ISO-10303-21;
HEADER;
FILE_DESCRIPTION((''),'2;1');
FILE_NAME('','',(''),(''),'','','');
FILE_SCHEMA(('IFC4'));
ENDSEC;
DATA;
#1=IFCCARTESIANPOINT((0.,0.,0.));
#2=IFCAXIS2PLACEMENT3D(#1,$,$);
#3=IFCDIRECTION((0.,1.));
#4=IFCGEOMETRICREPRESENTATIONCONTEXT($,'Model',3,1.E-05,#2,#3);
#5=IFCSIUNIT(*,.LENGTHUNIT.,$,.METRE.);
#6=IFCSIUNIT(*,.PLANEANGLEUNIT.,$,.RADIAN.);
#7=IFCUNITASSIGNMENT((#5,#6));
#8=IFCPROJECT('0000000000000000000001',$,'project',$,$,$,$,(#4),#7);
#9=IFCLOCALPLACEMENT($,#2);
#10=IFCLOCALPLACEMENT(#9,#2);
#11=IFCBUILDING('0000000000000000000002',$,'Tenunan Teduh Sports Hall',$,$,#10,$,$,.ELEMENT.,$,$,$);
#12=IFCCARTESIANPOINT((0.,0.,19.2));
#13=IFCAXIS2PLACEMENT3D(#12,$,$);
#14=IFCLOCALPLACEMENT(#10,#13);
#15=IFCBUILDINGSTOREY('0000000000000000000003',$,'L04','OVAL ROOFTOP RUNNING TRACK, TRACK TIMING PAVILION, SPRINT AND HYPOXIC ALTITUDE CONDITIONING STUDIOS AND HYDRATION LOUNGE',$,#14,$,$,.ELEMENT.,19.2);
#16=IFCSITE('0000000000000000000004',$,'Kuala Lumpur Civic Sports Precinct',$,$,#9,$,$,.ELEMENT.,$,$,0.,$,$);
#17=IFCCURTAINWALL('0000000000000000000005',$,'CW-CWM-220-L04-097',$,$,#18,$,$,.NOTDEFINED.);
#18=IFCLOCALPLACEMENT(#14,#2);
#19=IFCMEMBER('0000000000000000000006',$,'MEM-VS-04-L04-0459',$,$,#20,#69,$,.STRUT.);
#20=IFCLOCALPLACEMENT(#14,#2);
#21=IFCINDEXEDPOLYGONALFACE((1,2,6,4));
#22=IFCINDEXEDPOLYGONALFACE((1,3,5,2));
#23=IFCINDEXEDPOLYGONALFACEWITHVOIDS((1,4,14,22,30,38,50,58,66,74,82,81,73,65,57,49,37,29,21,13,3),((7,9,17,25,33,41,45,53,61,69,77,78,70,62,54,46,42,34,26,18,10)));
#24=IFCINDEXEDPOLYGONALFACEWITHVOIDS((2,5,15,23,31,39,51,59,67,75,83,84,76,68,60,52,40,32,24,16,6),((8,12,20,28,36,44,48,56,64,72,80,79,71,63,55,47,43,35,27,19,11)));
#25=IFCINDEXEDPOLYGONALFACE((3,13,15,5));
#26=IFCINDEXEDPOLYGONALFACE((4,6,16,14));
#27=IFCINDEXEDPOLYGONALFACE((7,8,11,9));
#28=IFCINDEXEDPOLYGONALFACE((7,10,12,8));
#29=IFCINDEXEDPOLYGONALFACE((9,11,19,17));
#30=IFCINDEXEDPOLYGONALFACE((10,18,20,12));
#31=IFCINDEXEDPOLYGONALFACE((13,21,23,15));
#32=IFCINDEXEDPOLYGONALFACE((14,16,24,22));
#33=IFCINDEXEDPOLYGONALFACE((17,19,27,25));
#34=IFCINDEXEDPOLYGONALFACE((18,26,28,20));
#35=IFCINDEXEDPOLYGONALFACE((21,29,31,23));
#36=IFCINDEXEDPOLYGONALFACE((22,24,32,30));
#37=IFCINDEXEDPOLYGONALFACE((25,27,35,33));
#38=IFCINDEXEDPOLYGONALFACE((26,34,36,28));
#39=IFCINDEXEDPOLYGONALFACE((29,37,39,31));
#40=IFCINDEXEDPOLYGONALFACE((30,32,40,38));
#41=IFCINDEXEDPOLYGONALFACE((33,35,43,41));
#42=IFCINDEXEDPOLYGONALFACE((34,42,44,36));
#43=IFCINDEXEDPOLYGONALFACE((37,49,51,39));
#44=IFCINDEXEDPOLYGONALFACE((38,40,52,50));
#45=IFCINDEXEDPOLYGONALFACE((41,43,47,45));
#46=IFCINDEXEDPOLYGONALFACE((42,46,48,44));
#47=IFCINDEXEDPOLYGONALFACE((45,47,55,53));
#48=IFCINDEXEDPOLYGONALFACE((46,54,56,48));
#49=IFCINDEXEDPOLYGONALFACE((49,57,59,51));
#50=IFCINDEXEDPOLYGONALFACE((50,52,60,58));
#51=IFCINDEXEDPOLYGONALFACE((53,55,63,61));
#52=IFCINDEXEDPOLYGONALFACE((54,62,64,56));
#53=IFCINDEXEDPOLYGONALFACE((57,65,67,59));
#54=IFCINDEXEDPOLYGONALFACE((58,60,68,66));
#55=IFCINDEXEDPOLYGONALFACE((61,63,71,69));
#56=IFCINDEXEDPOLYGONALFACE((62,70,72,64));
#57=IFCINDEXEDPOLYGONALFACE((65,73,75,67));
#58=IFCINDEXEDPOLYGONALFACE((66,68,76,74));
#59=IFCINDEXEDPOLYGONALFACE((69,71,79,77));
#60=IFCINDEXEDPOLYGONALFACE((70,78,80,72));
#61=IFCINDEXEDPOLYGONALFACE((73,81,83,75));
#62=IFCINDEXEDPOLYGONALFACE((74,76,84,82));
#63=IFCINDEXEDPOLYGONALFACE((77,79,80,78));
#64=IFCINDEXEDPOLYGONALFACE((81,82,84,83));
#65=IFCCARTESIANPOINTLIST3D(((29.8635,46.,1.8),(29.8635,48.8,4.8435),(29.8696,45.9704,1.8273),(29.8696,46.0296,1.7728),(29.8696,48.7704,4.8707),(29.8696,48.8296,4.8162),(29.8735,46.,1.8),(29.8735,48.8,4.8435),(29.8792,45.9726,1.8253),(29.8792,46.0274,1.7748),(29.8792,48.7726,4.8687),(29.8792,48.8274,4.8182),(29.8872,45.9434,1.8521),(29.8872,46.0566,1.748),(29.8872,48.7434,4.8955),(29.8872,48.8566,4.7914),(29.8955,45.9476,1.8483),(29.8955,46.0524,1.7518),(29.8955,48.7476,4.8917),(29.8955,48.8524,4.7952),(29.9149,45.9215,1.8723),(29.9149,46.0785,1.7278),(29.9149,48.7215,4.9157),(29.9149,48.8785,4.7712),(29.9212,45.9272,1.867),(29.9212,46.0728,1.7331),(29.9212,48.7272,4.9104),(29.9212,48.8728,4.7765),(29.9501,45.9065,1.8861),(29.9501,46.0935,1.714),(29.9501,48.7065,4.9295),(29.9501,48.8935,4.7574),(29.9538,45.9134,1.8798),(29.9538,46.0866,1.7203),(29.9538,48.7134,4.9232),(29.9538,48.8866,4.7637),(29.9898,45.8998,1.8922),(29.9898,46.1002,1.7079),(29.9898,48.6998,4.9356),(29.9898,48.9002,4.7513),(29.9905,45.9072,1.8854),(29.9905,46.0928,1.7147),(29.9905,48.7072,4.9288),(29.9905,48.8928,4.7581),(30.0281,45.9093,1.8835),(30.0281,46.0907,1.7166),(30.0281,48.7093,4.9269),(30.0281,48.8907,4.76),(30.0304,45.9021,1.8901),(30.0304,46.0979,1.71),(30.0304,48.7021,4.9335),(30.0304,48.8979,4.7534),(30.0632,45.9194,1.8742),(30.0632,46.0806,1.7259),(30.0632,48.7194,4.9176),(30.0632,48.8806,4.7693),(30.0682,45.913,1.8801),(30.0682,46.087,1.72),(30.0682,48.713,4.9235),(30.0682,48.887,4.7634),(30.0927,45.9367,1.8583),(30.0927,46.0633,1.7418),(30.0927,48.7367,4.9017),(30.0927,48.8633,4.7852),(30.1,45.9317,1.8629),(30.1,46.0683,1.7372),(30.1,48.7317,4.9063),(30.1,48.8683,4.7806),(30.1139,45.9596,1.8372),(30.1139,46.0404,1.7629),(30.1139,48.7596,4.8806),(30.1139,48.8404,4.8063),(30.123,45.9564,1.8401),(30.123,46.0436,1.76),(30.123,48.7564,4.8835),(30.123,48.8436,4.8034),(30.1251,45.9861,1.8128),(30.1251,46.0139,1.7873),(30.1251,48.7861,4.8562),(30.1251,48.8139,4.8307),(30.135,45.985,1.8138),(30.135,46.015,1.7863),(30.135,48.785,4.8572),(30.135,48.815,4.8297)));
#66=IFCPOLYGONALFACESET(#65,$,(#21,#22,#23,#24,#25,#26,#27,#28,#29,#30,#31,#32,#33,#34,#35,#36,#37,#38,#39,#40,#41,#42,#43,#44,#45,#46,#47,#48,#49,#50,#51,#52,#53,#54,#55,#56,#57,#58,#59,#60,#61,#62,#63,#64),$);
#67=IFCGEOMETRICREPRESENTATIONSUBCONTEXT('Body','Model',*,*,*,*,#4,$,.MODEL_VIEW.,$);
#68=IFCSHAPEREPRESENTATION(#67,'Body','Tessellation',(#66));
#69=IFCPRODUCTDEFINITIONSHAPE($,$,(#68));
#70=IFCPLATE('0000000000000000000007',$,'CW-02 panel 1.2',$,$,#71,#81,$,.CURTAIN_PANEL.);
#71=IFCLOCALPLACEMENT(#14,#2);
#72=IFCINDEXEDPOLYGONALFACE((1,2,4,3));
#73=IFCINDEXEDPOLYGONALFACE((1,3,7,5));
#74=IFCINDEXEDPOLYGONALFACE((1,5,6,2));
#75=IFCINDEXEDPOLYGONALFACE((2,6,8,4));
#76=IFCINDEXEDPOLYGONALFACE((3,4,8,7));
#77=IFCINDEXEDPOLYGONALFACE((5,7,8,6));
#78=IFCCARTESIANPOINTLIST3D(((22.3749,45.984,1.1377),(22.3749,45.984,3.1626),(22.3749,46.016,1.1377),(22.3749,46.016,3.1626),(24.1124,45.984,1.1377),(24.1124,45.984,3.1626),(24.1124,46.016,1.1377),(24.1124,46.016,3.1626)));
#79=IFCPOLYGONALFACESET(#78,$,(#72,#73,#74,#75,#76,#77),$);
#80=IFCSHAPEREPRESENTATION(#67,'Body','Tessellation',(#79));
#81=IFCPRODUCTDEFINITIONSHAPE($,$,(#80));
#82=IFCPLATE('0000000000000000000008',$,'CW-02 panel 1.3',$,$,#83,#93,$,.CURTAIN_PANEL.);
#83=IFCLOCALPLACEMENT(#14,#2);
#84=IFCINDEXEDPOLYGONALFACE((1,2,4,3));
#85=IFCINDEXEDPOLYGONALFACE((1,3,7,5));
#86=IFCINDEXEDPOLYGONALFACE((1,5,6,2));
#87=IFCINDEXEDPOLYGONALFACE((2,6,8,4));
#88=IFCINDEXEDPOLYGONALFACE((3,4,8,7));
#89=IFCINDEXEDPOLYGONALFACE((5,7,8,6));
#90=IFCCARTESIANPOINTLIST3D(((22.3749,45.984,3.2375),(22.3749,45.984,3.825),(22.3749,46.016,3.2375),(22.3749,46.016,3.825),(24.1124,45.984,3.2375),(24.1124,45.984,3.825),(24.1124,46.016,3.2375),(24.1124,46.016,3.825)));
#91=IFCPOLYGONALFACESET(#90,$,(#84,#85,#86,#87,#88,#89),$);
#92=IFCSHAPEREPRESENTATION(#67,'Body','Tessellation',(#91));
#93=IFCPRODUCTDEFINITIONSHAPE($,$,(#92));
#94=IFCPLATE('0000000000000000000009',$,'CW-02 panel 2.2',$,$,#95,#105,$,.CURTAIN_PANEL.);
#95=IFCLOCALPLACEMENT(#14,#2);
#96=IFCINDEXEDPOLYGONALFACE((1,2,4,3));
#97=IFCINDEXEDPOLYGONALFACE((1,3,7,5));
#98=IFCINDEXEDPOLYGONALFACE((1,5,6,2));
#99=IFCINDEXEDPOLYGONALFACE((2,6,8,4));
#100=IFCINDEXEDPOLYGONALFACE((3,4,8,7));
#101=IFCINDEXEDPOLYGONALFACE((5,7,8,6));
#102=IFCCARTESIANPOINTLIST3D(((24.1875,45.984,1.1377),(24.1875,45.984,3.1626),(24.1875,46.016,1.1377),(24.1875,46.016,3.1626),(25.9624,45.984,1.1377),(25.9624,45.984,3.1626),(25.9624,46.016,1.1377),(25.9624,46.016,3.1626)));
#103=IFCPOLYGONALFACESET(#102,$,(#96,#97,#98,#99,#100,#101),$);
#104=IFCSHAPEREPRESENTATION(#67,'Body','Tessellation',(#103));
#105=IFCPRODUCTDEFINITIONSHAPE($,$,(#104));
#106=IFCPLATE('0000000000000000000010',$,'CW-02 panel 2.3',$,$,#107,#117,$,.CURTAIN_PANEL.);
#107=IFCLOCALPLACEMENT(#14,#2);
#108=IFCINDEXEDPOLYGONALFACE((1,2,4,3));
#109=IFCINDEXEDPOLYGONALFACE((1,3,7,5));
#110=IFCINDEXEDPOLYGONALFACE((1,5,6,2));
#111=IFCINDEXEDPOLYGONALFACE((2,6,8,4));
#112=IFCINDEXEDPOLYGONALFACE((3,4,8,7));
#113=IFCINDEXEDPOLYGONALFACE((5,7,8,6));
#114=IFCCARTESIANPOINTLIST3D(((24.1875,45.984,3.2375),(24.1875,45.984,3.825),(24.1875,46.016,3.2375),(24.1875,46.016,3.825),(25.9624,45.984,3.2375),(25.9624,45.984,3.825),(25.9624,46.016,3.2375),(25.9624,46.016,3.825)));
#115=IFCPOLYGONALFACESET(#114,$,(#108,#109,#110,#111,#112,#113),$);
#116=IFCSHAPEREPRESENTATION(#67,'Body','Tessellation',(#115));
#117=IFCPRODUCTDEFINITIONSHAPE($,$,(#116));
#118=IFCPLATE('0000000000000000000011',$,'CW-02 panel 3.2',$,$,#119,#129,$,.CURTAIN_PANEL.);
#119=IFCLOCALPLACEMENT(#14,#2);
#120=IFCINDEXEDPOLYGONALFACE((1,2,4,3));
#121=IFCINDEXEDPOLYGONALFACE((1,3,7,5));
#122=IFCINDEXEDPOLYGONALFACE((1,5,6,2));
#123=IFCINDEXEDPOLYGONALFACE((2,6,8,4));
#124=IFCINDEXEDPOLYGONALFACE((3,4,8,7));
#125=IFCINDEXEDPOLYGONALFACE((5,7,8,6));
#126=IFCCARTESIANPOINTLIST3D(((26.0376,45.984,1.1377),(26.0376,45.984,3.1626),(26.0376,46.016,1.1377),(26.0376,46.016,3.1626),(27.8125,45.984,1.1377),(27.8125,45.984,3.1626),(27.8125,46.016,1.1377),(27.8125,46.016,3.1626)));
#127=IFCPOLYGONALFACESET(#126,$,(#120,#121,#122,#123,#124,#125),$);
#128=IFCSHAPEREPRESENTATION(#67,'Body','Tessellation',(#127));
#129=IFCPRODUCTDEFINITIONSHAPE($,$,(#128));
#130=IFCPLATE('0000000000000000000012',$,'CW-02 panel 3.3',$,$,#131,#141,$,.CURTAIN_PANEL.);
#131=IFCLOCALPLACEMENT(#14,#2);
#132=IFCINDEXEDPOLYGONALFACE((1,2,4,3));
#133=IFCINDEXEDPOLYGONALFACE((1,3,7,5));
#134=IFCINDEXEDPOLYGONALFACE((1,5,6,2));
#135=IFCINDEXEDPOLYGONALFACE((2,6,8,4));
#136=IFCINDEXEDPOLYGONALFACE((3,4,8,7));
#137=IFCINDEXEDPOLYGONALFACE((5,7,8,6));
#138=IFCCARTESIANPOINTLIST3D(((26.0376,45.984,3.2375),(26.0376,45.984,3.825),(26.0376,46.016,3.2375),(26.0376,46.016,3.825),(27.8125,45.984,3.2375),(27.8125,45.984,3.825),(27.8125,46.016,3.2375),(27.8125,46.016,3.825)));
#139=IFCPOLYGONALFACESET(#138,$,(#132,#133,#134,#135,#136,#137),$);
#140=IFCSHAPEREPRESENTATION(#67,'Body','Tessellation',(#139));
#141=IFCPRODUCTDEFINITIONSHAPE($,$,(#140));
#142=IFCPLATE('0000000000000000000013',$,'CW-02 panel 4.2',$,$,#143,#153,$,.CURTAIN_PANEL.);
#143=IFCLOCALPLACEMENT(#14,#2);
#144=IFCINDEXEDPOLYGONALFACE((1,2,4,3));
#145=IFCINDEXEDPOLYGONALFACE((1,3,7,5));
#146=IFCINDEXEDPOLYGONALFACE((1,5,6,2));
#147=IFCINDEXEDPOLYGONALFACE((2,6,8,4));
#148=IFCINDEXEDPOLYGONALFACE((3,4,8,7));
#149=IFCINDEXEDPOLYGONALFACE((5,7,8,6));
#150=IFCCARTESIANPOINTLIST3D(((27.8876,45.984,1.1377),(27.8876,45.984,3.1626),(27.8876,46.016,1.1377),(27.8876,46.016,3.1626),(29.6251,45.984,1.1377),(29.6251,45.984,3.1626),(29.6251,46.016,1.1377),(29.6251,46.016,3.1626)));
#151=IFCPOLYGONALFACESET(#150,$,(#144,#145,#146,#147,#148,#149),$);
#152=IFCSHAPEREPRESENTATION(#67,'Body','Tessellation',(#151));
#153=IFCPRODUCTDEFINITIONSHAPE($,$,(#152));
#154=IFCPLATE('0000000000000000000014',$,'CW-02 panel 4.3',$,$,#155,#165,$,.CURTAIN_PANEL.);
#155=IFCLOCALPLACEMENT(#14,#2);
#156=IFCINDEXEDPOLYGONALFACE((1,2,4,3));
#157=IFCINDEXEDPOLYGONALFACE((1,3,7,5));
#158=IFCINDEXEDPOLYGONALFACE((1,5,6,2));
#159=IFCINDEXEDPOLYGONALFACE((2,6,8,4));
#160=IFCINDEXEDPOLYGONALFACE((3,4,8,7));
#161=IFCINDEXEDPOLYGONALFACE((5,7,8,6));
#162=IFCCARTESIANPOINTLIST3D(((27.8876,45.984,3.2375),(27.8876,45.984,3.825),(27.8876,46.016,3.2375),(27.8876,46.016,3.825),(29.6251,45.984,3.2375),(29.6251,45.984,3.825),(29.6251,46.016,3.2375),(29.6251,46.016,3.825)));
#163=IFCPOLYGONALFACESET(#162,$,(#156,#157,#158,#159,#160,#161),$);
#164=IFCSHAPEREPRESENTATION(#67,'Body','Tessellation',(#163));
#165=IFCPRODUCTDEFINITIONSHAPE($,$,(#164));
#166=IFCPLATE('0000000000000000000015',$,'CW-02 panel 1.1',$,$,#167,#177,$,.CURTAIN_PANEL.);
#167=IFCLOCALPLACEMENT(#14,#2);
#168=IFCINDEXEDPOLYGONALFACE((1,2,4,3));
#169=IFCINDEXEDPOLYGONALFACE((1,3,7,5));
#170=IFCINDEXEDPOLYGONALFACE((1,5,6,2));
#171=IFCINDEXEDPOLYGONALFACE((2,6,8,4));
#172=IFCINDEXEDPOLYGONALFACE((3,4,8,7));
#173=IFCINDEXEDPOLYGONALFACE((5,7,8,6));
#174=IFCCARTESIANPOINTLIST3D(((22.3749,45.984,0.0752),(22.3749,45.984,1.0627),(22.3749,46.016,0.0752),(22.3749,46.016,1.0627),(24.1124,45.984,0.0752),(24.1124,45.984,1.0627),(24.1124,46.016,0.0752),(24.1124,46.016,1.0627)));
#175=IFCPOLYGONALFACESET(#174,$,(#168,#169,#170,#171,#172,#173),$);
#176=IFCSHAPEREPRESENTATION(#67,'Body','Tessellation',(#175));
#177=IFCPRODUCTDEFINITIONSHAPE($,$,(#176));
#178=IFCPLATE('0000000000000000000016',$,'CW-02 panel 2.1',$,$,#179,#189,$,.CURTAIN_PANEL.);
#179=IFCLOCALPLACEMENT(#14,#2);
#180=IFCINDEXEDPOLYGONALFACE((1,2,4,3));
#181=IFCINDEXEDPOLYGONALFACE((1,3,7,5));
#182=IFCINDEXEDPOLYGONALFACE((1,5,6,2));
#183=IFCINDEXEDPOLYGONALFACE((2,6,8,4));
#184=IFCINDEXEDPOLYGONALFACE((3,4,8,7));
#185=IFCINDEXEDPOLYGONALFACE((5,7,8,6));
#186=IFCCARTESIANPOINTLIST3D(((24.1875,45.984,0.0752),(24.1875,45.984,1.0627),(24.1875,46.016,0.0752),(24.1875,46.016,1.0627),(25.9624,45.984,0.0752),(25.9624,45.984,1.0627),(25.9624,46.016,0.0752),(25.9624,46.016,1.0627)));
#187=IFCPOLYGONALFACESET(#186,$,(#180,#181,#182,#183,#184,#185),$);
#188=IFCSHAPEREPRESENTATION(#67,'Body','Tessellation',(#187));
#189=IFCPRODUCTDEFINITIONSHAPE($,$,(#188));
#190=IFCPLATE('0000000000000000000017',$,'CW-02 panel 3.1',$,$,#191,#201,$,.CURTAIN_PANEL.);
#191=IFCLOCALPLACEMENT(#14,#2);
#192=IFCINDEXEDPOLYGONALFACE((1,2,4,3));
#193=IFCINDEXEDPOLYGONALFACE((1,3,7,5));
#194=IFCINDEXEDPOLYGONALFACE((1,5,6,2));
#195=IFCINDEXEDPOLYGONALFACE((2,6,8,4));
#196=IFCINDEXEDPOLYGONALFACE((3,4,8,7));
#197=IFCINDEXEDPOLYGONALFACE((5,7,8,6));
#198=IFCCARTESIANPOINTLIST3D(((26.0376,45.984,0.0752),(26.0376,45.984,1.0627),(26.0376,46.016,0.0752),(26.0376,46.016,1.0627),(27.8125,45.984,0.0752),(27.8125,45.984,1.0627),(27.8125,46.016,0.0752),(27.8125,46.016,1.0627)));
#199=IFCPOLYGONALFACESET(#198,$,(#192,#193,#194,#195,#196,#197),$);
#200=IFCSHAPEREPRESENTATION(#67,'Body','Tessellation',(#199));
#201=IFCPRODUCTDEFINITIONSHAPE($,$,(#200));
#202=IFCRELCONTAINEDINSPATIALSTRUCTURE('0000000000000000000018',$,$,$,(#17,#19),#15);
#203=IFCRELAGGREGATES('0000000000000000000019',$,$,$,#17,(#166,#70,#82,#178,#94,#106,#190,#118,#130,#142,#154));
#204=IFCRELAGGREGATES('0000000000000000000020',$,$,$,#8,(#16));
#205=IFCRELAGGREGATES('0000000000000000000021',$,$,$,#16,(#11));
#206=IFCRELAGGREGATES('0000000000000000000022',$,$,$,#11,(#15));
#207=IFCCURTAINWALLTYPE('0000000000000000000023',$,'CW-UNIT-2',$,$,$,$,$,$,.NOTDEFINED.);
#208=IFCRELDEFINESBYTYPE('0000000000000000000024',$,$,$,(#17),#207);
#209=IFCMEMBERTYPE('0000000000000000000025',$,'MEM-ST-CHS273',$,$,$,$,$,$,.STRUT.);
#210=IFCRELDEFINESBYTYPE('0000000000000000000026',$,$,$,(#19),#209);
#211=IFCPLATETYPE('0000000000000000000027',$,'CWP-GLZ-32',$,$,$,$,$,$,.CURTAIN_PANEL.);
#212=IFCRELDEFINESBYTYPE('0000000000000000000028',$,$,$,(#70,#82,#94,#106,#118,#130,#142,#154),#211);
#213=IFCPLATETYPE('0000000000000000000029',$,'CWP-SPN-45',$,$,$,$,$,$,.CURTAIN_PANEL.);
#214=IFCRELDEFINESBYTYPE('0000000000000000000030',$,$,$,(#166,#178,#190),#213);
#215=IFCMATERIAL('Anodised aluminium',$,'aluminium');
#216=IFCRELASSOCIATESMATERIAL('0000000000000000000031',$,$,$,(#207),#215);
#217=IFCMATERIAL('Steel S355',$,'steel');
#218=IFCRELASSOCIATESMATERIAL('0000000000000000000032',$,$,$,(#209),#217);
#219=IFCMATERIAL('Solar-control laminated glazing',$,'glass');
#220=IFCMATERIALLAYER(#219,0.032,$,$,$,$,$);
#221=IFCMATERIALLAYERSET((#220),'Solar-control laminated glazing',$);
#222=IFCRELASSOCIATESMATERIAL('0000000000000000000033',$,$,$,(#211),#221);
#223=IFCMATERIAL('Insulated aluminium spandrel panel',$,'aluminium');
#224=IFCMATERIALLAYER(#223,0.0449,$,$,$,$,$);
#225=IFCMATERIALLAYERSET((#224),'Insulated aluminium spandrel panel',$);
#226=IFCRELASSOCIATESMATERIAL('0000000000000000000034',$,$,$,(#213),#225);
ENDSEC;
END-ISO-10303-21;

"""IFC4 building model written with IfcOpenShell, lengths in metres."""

from ifc_helpers import new_model, si_unit, direction, frame, origin, origin_2d, place, context, subcontext, project, spatial, rectangle, hollow_circle, extrude, material, layer, layer_set, material_profile, profile_set, type_object, element, aggregate, save


model = new_model("IFC4")

# Units and contexts
model_context = context("Model", 3, precision=1e-05, world=origin(), true_north=direction((0.0, 1.0)))
body_context = subcontext(model_context, "Body", "Model", "MODEL_VIEW")
ifc_project = project(units=[si_unit("LENGTHUNIT", "METRE"), si_unit("PLANEANGLEUNIT", "RADIAN")], contexts=[model_context])

# Site, building, storey
site_placement = place(None, origin())
site = spatial("IfcSite", under=ifc_project, at=site_placement, Name="Kuala Lumpur Civic Sports Precinct", CompositionType="ELEMENT", RefElevation=0.0)
building_placement = place(site_placement, origin())
building = spatial("IfcBuilding", under=site, at=building_placement, Name="Tenunan Teduh Sports Hall", CompositionType="ELEMENT")
storey_placement = place(building_placement, frame((0.0, 0.0, 19.2)))
storey = spatial("IfcBuildingStorey", under=building, at=storey_placement, Name="L04", Description="OVAL ROOFTOP RUNNING TRACK, TRACK TIMING PAVILION, SPRINT AND HYPOXIC ALTITUDE CONDITIONING STUDIOS AND HYDRATION LOUNGE", CompositionType="ELEMENT", Elevation=19.2)

# Curtain wall
ifc_material_1 = material(Name="Anodised aluminium", Category="aluminium")
curtain_wall_type = type_object("IfcCurtainWallType", Name="CW-UNIT-2", PredefinedType="NOTDEFINED", material=ifc_material_1)
curtain_wall_placement = place(storey_placement, origin())
curtain_wall = element("IfcCurtainWall", 1, at=curtain_wall_placement, inside=storey, type_object=curtain_wall_type, Name="CW-CWM-220-L04-097", PredefinedType="NOTDEFINED")

# Member
ifc_material_2 = material(Name="Steel S355", Category="steel")
ifc_material_profile_1 = material_profile(ifc_material_2, hollow_circle(Radius=0.1365, WallThickness=0.01, at=origin_2d()), Name="CHS 273.0x10.0")
ifc_profile_set_1 = profile_set([ifc_material_profile_1], Name="Steel S355")
member_type_1 = type_object("IfcMemberType", Name="MEM-ST-CHS273", PredefinedType="STRUT", material=ifc_profile_set_1)
member_1_placement = place(storey_placement, frame((30.0, 46.0, 1.8), z_axis=(0.0, 0.677065, 0.735923), x_axis=(-1.0, 0.0, 0.0)))
element("IfcMember", 2, at=member_1_placement, inside=storey, type_object=member_type_1, Name="MEM-VS-04-L04-0459", PredefinedType="STRUT", context=body_context, shape_type="SweptSolid", body=[
    extrude(hollow_circle(Radius=0.1365, WallThickness=0.01, at=origin_2d()), origin(), (0.0, 0.0, 1.0), 4.1355),
])

# Plates
ifc_material_3 = material(Name="Solar-control laminated glazing", Category="glass")
ifc_layer_1 = layer(ifc_material_3, 0.032)
ifc_layer_set_1 = layer_set([ifc_layer_1], Name="Solar-control laminated glazing")
plate_type_1 = type_object("IfcPlateType", Name="CWP-GLZ-32", PredefinedType="CURTAIN_PANEL", material=ifc_layer_set_1)
plate_1_placement = place(storey_placement, frame((23.2437, 46.0, 1.1377), z_axis=(0.0, 0.0, 1.0), x_axis=(1.0, 0.0, 0.0)))
plate_1 = element("IfcPlate", 3, at=plate_1_placement, type_object=plate_type_1, Name="CW-02 panel 1.2", PredefinedType="CURTAIN_PANEL", context=body_context, shape_type="SweptSolid", body=[
    extrude(rectangle(XDim=1.7375, YDim=0.032, at=origin_2d()), origin(), (0.0, 0.0, 1.0), 2.0249),
])
plate_2_placement = place(storey_placement, frame((23.2437, 46.0, 3.2375), z_axis=(0.0, 0.0, 1.0), x_axis=(1.0, 0.0, 0.0)))
plate_2 = element("IfcPlate", 4, at=plate_2_placement, type_object=plate_type_1, Name="CW-02 panel 1.3", PredefinedType="CURTAIN_PANEL", context=body_context, shape_type="SweptSolid", body=[
    extrude(rectangle(XDim=1.7375, YDim=0.032, at=origin_2d()), origin(), (0.0, 0.0, 1.0), 0.5874),
])
plate_3_placement = place(storey_placement, frame((25.075, 46.0, 1.1377), z_axis=(0.0, 0.0, 1.0), x_axis=(1.0, 0.0, 0.0)))
plate_3 = element("IfcPlate", 5, at=plate_3_placement, type_object=plate_type_1, Name="CW-02 panel 2.2", PredefinedType="CURTAIN_PANEL", context=body_context, shape_type="SweptSolid", body=[
    extrude(rectangle(XDim=1.7749, YDim=0.032, at=origin_2d()), origin(), (0.0, 0.0, 1.0), 2.0249),
])
plate_4_placement = place(storey_placement, frame((25.075, 46.0, 3.2375), z_axis=(0.0, 0.0, 1.0), x_axis=(1.0, 0.0, 0.0)))
plate_4 = element("IfcPlate", 6, at=plate_4_placement, type_object=plate_type_1, Name="CW-02 panel 2.3", PredefinedType="CURTAIN_PANEL", context=body_context, shape_type="SweptSolid", body=[
    extrude(rectangle(XDim=1.7749, YDim=0.032, at=origin_2d()), origin(), (0.0, 0.0, 1.0), 0.5874),
])
plate_5_placement = place(storey_placement, frame((26.925, 46.0, 1.1377), z_axis=(0.0, 0.0, 1.0), x_axis=(1.0, 0.0, 0.0)))
plate_5 = element("IfcPlate", 7, at=plate_5_placement, type_object=plate_type_1, Name="CW-02 panel 3.2", PredefinedType="CURTAIN_PANEL", context=body_context, shape_type="SweptSolid", body=[
    extrude(rectangle(XDim=1.7749, YDim=0.032, at=origin_2d()), origin(), (0.0, 0.0, 1.0), 2.0249),
])
plate_6_placement = place(storey_placement, frame((26.925, 46.0, 3.2375), z_axis=(0.0, 0.0, 1.0), x_axis=(1.0, 0.0, 0.0)))
plate_6 = element("IfcPlate", 8, at=plate_6_placement, type_object=plate_type_1, Name="CW-02 panel 3.3", PredefinedType="CURTAIN_PANEL", context=body_context, shape_type="SweptSolid", body=[
    extrude(rectangle(XDim=1.7749, YDim=0.032, at=origin_2d()), origin(), (0.0, 0.0, 1.0), 0.5874),
])
plate_7_placement = place(storey_placement, frame((28.7563, 46.0, 1.1377), z_axis=(0.0, 0.0, 1.0), x_axis=(1.0, 0.0, 0.0)))
plate_7 = element("IfcPlate", 9, at=plate_7_placement, type_object=plate_type_1, Name="CW-02 panel 4.2", PredefinedType="CURTAIN_PANEL", context=body_context, shape_type="SweptSolid", body=[
    extrude(rectangle(XDim=1.7375, YDim=0.032, at=origin_2d()), origin(), (0.0, 0.0, 1.0), 2.0249),
])
plate_8_placement = place(storey_placement, frame((28.7563, 46.0, 3.2375), z_axis=(0.0, 0.0, 1.0), x_axis=(1.0, 0.0, 0.0)))
plate_8 = element("IfcPlate", 10, at=plate_8_placement, type_object=plate_type_1, Name="CW-02 panel 4.3", PredefinedType="CURTAIN_PANEL", context=body_context, shape_type="SweptSolid", body=[
    extrude(rectangle(XDim=1.7375, YDim=0.032, at=origin_2d()), origin(), (0.0, 0.0, 1.0), 0.5874),
])
ifc_material_4 = material(Name="Insulated aluminium spandrel panel", Category="aluminium")
ifc_layer_2 = layer(ifc_material_4, 0.0449)
ifc_layer_set_2 = layer_set([ifc_layer_2], Name="Insulated aluminium spandrel panel")
plate_type_2 = type_object("IfcPlateType", Name="CWP-SPN-45", PredefinedType="CURTAIN_PANEL", material=ifc_layer_set_2)
plate_9_placement = place(storey_placement, frame((23.2437, 46.0, 0.0752), z_axis=(0.0, 0.0, 1.0), x_axis=(1.0, 0.0, 0.0)))
plate_9 = element("IfcPlate", 11, at=plate_9_placement, type_object=plate_type_2, Name="CW-02 panel 1.1", PredefinedType="CURTAIN_PANEL", context=body_context, shape_type="SweptSolid", body=[
    extrude(rectangle(XDim=1.7375, YDim=0.032, at=origin_2d()), origin(), (0.0, 0.0, 1.0), 0.9875),
])
plate_10_placement = place(storey_placement, frame((25.075, 46.0, 0.0752), z_axis=(0.0, 0.0, 1.0), x_axis=(1.0, 0.0, 0.0)))
plate_10 = element("IfcPlate", 12, at=plate_10_placement, type_object=plate_type_2, Name="CW-02 panel 2.1", PredefinedType="CURTAIN_PANEL", context=body_context, shape_type="SweptSolid", body=[
    extrude(rectangle(XDim=1.7749, YDim=0.032, at=origin_2d()), origin(), (0.0, 0.0, 1.0), 0.9875),
])
plate_11_placement = place(storey_placement, frame((26.925, 46.0, 0.0752), z_axis=(0.0, 0.0, 1.0), x_axis=(1.0, 0.0, 0.0)))
plate_11 = element("IfcPlate", 13, at=plate_11_placement, type_object=plate_type_2, Name="CW-02 panel 3.1", PredefinedType="CURTAIN_PANEL", context=body_context, shape_type="SweptSolid", body=[
    extrude(rectangle(XDim=1.7749, YDim=0.032, at=origin_2d()), origin(), (0.0, 0.0, 1.0), 0.9875),
])
aggregate(curtain_wall, [plate_9, plate_1, plate_2, plate_10, plate_3, plate_4, plate_11, plate_5, plate_6, plate_7, plate_8])

save(model, "model.ifc")
